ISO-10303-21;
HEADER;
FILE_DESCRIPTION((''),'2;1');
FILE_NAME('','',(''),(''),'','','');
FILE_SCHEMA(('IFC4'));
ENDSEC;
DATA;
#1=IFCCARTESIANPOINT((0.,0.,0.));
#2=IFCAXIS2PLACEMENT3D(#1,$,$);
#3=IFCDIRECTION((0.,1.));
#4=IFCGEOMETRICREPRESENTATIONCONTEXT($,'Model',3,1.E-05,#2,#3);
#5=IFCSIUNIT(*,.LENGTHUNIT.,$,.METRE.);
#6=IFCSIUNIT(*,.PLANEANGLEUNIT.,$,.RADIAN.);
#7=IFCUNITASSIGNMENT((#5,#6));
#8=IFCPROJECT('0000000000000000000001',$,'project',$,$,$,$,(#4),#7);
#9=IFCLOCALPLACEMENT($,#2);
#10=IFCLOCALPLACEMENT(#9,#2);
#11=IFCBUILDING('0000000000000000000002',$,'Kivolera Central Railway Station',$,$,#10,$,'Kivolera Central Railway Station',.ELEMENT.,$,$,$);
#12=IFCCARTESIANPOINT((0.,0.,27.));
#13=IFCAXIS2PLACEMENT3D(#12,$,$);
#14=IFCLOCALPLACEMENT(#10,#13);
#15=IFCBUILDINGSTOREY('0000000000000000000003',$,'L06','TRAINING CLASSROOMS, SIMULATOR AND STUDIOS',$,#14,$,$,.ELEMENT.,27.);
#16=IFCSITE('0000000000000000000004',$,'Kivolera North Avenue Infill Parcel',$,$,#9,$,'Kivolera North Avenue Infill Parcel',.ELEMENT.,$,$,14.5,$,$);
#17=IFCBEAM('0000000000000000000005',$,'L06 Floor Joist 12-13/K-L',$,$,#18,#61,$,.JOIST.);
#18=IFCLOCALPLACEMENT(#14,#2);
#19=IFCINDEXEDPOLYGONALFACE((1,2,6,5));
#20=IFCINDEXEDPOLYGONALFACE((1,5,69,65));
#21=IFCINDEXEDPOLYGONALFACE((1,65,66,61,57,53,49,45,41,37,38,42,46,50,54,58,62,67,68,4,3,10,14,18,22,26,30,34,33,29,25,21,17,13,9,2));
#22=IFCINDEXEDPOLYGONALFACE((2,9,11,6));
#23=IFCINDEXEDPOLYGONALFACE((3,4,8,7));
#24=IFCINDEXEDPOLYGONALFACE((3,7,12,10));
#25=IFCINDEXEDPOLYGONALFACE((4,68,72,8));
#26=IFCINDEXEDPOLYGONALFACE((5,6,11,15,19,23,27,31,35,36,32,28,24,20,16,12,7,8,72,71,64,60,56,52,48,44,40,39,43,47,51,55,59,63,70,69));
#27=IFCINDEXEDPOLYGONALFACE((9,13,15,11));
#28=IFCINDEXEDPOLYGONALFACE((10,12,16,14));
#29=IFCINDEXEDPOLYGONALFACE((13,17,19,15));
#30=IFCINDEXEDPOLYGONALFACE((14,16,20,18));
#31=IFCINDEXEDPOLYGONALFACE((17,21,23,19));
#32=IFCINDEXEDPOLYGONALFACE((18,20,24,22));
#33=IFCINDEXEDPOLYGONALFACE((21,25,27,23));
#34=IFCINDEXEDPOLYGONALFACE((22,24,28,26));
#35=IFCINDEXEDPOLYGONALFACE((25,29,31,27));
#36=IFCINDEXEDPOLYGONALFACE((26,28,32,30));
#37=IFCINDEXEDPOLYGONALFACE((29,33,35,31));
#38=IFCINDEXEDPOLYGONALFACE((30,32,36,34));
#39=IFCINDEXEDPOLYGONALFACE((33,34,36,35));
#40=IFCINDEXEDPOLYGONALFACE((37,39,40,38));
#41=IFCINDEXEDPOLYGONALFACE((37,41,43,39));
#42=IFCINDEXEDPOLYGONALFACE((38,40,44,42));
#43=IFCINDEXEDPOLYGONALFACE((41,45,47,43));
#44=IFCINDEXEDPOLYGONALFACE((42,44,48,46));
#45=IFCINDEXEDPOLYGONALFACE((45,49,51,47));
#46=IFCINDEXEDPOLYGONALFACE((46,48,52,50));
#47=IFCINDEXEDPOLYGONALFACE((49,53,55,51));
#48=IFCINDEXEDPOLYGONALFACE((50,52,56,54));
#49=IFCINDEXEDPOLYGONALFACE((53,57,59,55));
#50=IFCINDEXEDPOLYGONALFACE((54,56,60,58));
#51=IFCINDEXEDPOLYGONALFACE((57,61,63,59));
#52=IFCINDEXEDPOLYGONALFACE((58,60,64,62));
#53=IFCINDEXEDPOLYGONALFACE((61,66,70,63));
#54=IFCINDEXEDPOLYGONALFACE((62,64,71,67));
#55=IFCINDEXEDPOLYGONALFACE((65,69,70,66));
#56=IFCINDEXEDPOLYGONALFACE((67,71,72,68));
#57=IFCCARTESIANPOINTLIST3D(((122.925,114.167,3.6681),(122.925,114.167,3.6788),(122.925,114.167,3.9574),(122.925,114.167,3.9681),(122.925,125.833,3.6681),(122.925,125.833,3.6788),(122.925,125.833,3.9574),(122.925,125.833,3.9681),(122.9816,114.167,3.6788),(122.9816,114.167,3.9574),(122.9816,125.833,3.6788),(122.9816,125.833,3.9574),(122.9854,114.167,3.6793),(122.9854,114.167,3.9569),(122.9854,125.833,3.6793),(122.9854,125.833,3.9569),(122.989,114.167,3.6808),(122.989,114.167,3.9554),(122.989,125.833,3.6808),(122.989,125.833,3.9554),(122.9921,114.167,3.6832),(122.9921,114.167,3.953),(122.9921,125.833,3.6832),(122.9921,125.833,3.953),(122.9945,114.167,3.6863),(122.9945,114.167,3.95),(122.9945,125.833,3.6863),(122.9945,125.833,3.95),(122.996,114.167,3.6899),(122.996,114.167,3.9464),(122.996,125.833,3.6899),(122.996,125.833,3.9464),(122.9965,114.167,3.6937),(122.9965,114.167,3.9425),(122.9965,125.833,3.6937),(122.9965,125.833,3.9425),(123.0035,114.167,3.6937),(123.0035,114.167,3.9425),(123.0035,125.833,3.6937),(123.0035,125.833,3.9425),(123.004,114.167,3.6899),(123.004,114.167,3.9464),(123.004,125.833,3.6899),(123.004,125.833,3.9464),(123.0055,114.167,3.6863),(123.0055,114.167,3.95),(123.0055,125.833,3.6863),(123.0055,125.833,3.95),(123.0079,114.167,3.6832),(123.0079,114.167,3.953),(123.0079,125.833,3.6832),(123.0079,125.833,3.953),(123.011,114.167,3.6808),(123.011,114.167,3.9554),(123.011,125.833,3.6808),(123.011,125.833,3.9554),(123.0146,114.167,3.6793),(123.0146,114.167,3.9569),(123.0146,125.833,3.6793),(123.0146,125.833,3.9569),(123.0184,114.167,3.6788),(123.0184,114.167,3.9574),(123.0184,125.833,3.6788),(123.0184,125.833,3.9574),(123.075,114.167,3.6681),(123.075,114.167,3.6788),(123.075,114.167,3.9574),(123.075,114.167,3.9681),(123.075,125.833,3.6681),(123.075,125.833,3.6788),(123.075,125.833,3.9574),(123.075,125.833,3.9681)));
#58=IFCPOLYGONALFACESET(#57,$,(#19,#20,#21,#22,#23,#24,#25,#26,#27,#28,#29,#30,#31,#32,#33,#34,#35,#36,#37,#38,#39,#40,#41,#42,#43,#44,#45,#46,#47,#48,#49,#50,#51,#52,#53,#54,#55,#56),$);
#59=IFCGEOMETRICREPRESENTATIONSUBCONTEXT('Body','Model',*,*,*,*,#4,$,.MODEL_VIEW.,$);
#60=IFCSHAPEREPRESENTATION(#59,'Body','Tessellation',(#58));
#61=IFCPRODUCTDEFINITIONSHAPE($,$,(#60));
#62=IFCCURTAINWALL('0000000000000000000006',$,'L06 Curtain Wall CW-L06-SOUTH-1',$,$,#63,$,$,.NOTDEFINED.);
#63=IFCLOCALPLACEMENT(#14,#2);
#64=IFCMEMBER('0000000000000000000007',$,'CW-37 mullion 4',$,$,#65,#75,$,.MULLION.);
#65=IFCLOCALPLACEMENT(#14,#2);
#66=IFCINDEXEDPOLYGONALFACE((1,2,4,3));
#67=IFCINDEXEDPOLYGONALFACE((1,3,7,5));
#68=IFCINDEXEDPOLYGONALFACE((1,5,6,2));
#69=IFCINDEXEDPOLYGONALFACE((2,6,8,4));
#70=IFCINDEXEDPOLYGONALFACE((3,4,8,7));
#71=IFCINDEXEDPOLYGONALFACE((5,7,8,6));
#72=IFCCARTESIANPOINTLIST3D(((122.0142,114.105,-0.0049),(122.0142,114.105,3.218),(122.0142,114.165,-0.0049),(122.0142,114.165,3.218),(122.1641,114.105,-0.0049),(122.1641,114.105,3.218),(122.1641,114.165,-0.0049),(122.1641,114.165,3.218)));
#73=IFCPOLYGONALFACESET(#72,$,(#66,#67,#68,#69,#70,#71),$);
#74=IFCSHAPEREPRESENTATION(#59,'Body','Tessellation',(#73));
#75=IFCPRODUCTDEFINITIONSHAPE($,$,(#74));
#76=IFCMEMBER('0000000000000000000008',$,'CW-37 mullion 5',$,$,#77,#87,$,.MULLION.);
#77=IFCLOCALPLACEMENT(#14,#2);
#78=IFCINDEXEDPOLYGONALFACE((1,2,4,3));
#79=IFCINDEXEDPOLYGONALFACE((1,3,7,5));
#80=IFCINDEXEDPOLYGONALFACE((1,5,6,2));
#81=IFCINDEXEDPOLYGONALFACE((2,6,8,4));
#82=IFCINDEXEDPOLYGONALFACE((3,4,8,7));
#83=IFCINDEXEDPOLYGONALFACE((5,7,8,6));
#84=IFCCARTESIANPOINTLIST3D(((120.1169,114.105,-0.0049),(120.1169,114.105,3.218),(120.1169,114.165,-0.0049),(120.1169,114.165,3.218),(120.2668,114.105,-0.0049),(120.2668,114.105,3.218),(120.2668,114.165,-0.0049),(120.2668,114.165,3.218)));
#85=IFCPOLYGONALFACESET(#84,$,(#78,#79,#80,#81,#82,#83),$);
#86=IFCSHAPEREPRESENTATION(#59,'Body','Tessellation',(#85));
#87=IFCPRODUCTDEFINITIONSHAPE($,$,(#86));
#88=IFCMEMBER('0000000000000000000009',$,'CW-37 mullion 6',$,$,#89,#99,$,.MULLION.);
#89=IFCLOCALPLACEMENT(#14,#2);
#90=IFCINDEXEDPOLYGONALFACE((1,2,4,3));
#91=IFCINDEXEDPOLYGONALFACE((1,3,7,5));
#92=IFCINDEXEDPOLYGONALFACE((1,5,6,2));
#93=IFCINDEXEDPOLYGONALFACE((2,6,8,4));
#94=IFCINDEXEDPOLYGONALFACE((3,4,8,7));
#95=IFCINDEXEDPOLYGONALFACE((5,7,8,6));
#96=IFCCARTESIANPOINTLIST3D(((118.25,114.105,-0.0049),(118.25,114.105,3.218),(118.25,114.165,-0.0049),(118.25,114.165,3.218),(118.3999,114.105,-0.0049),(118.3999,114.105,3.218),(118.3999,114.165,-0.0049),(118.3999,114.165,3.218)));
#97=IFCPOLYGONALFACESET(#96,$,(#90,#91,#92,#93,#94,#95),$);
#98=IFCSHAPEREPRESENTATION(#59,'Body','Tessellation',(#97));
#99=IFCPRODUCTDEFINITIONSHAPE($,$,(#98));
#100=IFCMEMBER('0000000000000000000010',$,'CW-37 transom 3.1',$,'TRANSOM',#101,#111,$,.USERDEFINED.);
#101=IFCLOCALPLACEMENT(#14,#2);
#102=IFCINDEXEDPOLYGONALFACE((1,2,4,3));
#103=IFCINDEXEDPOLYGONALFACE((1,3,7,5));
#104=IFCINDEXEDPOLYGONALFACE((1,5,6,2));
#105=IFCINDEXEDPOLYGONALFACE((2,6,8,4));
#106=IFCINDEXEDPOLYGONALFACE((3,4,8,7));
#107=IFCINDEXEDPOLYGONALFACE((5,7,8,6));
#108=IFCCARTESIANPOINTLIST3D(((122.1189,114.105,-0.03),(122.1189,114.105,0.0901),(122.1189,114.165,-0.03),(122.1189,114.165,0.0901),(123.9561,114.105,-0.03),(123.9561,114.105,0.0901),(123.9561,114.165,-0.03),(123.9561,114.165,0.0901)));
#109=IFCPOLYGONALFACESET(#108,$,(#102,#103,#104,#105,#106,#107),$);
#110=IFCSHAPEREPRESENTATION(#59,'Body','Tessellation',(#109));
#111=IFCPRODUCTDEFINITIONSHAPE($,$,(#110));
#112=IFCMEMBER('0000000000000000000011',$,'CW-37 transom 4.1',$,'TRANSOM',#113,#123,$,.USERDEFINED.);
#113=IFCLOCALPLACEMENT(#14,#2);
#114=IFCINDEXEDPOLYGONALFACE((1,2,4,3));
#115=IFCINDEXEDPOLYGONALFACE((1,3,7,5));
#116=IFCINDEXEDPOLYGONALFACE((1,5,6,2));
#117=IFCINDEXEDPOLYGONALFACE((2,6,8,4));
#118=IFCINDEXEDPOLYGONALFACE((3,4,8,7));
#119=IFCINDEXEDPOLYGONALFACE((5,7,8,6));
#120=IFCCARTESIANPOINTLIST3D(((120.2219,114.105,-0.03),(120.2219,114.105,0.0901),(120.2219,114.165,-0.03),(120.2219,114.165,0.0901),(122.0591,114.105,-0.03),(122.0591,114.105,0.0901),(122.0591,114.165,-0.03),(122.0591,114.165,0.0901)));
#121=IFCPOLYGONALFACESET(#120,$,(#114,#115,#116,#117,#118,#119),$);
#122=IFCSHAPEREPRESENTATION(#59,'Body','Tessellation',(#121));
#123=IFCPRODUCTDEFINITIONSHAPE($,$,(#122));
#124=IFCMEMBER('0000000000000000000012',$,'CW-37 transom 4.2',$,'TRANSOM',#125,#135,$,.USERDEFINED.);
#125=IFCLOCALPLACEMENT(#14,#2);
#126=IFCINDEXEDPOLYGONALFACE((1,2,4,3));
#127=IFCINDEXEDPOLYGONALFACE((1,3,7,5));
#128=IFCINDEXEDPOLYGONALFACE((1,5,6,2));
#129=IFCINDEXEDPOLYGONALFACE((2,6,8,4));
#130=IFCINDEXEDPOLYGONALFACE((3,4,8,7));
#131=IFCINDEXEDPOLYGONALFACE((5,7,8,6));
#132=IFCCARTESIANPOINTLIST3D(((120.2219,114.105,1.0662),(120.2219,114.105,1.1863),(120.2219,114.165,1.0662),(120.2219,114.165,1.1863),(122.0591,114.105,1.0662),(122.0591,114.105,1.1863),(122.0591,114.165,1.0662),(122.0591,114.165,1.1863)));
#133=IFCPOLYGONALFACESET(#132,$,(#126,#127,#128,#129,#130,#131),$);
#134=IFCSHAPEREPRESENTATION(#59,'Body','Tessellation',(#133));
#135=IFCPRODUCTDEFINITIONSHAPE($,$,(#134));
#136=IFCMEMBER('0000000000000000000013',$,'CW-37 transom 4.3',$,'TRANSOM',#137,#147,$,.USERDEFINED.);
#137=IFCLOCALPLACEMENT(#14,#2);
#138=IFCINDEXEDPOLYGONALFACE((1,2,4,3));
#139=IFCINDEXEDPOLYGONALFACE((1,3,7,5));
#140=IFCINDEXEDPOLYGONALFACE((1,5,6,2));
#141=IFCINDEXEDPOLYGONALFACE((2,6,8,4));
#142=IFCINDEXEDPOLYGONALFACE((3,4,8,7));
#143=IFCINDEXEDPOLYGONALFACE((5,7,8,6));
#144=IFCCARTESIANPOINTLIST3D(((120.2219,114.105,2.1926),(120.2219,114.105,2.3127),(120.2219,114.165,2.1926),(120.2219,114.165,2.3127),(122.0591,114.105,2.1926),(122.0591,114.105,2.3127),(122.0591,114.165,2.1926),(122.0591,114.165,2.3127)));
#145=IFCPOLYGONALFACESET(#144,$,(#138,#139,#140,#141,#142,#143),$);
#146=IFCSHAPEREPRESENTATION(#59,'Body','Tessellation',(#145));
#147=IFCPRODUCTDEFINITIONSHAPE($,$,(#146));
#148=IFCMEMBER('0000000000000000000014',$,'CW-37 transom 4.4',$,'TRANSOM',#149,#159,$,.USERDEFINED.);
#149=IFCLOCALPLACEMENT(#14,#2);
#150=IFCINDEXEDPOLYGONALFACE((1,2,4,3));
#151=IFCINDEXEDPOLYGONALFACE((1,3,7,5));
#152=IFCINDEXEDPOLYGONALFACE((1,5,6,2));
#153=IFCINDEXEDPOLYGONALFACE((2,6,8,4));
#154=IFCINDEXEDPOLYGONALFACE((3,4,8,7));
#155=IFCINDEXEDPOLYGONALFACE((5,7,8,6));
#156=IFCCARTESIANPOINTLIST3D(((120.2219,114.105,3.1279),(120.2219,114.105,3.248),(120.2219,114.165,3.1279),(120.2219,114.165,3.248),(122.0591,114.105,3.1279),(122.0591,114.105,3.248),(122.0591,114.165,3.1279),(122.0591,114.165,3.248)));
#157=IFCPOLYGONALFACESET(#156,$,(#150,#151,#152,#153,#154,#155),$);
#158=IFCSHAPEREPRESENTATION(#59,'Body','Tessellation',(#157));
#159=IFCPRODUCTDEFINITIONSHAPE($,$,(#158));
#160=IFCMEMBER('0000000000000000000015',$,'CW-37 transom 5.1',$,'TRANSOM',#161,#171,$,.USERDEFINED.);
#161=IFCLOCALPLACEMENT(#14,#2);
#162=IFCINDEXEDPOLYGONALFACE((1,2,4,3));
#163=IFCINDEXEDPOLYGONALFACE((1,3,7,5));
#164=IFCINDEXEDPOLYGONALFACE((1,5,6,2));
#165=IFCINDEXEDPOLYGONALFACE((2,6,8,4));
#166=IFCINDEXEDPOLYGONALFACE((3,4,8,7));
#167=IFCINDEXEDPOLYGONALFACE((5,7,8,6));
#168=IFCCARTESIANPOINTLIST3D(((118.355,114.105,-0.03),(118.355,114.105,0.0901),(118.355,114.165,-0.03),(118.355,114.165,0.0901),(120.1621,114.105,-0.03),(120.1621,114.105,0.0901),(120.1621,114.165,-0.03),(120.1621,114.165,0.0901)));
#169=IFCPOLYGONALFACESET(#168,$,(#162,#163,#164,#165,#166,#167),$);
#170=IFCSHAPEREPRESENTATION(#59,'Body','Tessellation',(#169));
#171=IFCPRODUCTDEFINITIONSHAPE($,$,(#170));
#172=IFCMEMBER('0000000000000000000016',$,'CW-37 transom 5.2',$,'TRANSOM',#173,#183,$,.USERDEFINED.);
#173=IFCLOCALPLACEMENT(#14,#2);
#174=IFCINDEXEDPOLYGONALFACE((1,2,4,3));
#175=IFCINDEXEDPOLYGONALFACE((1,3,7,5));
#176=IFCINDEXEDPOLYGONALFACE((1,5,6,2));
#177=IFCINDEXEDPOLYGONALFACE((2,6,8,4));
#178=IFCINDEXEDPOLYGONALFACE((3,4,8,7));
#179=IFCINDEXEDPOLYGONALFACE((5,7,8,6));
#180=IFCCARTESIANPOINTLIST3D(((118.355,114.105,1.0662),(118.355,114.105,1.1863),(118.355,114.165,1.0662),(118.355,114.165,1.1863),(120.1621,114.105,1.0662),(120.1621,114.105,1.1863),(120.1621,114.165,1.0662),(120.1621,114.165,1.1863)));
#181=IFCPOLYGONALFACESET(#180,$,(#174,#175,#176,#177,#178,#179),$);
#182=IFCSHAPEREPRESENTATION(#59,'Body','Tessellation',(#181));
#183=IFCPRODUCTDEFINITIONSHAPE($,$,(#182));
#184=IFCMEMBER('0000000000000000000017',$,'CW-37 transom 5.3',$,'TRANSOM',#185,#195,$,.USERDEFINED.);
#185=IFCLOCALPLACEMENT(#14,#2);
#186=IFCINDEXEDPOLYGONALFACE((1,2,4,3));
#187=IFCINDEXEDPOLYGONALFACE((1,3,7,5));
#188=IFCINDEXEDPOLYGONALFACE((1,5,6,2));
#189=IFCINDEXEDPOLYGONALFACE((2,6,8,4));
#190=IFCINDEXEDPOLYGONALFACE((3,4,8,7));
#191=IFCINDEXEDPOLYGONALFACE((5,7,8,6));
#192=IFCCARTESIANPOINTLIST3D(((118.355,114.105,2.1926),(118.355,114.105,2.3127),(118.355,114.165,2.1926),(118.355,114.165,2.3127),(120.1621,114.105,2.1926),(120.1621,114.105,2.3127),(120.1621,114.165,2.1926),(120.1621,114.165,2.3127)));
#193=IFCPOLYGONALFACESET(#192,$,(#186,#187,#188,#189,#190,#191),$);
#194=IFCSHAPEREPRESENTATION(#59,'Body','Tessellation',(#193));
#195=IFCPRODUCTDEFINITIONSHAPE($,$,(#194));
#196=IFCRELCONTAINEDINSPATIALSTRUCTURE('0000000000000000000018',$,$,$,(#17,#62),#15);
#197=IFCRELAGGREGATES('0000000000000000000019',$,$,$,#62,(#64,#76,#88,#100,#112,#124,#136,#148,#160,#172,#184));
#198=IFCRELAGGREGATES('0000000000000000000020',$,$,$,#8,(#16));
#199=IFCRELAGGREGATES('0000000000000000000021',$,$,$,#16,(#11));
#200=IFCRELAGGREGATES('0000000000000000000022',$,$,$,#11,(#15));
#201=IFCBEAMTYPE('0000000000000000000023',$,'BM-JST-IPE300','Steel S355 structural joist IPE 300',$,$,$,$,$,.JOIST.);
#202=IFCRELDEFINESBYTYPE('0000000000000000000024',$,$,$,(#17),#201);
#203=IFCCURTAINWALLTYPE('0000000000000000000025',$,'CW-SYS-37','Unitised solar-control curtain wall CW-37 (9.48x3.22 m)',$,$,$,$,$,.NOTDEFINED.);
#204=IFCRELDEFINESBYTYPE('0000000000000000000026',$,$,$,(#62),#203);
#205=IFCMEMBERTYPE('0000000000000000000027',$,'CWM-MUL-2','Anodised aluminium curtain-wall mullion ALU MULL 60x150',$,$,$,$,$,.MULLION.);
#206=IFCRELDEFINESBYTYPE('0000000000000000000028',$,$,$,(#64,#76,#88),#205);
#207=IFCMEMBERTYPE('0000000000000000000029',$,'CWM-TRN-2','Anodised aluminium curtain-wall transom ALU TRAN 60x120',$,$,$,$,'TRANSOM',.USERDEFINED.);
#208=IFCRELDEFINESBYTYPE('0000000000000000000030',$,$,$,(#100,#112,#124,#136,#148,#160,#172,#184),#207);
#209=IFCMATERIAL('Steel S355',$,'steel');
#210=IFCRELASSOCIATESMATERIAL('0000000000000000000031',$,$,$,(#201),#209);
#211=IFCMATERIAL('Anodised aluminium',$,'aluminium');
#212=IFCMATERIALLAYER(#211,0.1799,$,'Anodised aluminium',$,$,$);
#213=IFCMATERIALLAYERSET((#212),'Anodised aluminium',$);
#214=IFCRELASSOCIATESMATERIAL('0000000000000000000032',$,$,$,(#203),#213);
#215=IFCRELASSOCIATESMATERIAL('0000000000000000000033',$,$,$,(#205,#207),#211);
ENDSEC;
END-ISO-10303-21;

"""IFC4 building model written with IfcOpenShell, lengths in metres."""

from ifc_helpers import new_model, si_unit, direction, frame, origin, origin_2d, place, context, subcontext, project, spatial, rectangle, i_section, extrude, material, layer, layer_set, material_profile, profile_set, type_object, element, aggregate, save


model = new_model("IFC4")

# Units and contexts
model_context = context("Model", 3, precision=1e-05, world=origin(), true_north=direction((0.0, 1.0)))
body_context = subcontext(model_context, "Body", "Model", "MODEL_VIEW")
ifc_project = project(units=[si_unit("LENGTHUNIT", "METRE"), si_unit("PLANEANGLEUNIT", "RADIAN")], contexts=[model_context])

# Site, building, storey
site_placement = place(None, origin())
site = spatial("IfcSite", under=ifc_project, at=site_placement, Name="Kivolera North Avenue Infill Parcel", LongName="Kivolera North Avenue Infill Parcel", CompositionType="ELEMENT", RefElevation=14.5)
building_placement = place(site_placement, origin())
building = spatial("IfcBuilding", under=site, at=building_placement, Name="Kivolera Central Railway Station", LongName="Kivolera Central Railway Station", CompositionType="ELEMENT")
storey_placement = place(building_placement, frame((0.0, 0.0, 27.0)))
storey = spatial("IfcBuildingStorey", under=building, at=storey_placement, Name="L06", Description="TRAINING CLASSROOMS, SIMULATOR AND STUDIOS", CompositionType="ELEMENT", Elevation=27.0)

# Beam
ifc_material_1 = material(Name="Steel S355", Category="steel")
ifc_material_profile_1 = material_profile(ifc_material_1, i_section(OverallWidth=0.1499, OverallDepth=0.3, WebThickness=0.0071, FlangeThickness=0.0107, FilletRadius=0.0149, at=origin_2d()), Name="IPE 300")
ifc_profile_set_1 = profile_set([ifc_material_profile_1], Name="Steel S355")
beam_type = type_object("IfcBeamType", Name="BM-JST-IPE300", Description="Steel S355 structural joist IPE 300", PredefinedType="JOIST", material=ifc_profile_set_1)
beam_placement = place(storey_placement, frame((123.0, 114.167, 3.8181), z_axis=(0.0, 1.0, 0.0), x_axis=(-1.0, 0.0, 0.0)))
element("IfcBeam", 1, at=beam_placement, inside=storey, type_object=beam_type, Name="L06 Floor Joist 12-13/K-L", PredefinedType="JOIST", context=body_context, shape_type="SweptSolid", body=[
    extrude(i_section(OverallWidth=0.1499, OverallDepth=0.3, WebThickness=0.0071, FlangeThickness=0.0107, FilletRadius=0.0149, at=origin_2d()), origin(), (0.0, 0.0, 1.0), 11.666),
])

# Curtain wall, members
ifc_material_2 = material(Name="Anodised aluminium", Category="aluminium")
ifc_layer_1 = layer(ifc_material_2, 0.1799, Name="Anodised aluminium")
ifc_layer_set_1 = layer_set([ifc_layer_1], Name="Anodised aluminium")
curtain_wall_type = type_object("IfcCurtainWallType", Name="CW-SYS-37", Description="Unitised solar-control curtain wall CW-37 (9.48x3.22 m)", PredefinedType="NOTDEFINED", material=ifc_layer_set_1)
curtain_wall_placement = place(storey_placement, origin())
curtain_wall = element("IfcCurtainWall", 2, at=curtain_wall_placement, inside=storey, type_object=curtain_wall_type, Name="L06 Curtain Wall CW-L06-SOUTH-1", PredefinedType="NOTDEFINED")
ifc_material_profile_2 = material_profile(ifc_material_2, rectangle(XDim=0.0601, YDim=0.1499, at=origin_2d()), Name="ALU MULL 60x150")
ifc_profile_set_2 = profile_set([ifc_material_profile_2], Name="Anodised aluminium")
member_type_1 = type_object("IfcMemberType", Name="CWM-MUL-2", Description="Anodised aluminium curtain-wall mullion ALU MULL 60x150", PredefinedType="MULLION", material=ifc_profile_set_2)
member_1_placement = place(storey_placement, frame((122.0891, 114.135, -0.0049), z_axis=(0.0, 0.0, 1.0), x_axis=(0.0, -1.0, 0.0)))
member_1 = element("IfcMember", 3, at=member_1_placement, type_object=member_type_1, Name="CW-37 mullion 4", PredefinedType="MULLION", context=body_context, shape_type="SweptSolid", body=[
    extrude(rectangle(XDim=0.0601, YDim=0.1499, at=origin_2d()), origin(), (0.0, 0.0, 1.0), 3.2229),
])
member_2_placement = place(storey_placement, frame((120.1919, 114.135, -0.0049), z_axis=(0.0, 0.0, 1.0), x_axis=(0.0, -1.0, 0.0)))
member_2 = element("IfcMember", 4, at=member_2_placement, type_object=member_type_1, Name="CW-37 mullion 5", PredefinedType="MULLION", context=body_context, shape_type="SweptSolid", body=[
    extrude(rectangle(XDim=0.0601, YDim=0.1499, at=origin_2d()), origin(), (0.0, 0.0, 1.0), 3.2229),
])
member_3_placement = place(storey_placement, frame((118.325, 114.135, -0.0049), z_axis=(0.0, 0.0, 1.0), x_axis=(0.0, -1.0, 0.0)))
member_3 = element("IfcMember", 5, at=member_3_placement, type_object=member_type_1, Name="CW-37 mullion 6", PredefinedType="MULLION", context=body_context, shape_type="SweptSolid", body=[
    extrude(rectangle(XDim=0.0601, YDim=0.1499, at=origin_2d()), origin(), (0.0, 0.0, 1.0), 3.2229),
])
ifc_material_profile_3 = material_profile(ifc_material_2, rectangle(XDim=0.0601, YDim=0.1201, at=origin_2d()), Name="ALU TRAN 60x120")
ifc_profile_set_3 = profile_set([ifc_material_profile_3], Name="Anodised aluminium")
member_type_2 = type_object("IfcMemberType", Name="CWM-TRN-2", Description="Anodised aluminium curtain-wall transom ALU TRAN 60x120", ElementType="TRANSOM", PredefinedType="USERDEFINED", material=ifc_profile_set_3)
member_4_placement = place(storey_placement, frame((123.9561, 114.135, 0.03), z_axis=(-1.0, 0.0, 0.0), x_axis=(0.0, -1.0, 0.0)))
member_4 = element("IfcMember", 6, at=member_4_placement, type_object=member_type_2, Name="CW-37 transom 3.1", ObjectType="TRANSOM", PredefinedType="USERDEFINED", context=body_context, shape_type="SweptSolid", body=[
    extrude(rectangle(XDim=0.0601, YDim=0.1201, at=origin_2d()), origin(), (0.0, 0.0, 1.0), 1.8372),
])
member_5_placement = place(storey_placement, frame((122.0591, 114.135, 0.03), z_axis=(-1.0, 0.0, 0.0), x_axis=(0.0, -1.0, 0.0)))
member_5 = element("IfcMember", 7, at=member_5_placement, type_object=member_type_2, Name="CW-37 transom 4.1", ObjectType="TRANSOM", PredefinedType="USERDEFINED", context=body_context, shape_type="SweptSolid", body=[
    extrude(rectangle(XDim=0.0601, YDim=0.1201, at=origin_2d()), origin(), (0.0, 0.0, 1.0), 1.8372),
])
member_6_placement = place(storey_placement, frame((122.0591, 114.135, 1.1262), z_axis=(-1.0, 0.0, 0.0), x_axis=(0.0, -1.0, 0.0)))
member_6 = element("IfcMember", 8, at=member_6_placement, type_object=member_type_2, Name="CW-37 transom 4.2", ObjectType="TRANSOM", PredefinedType="USERDEFINED", context=body_context, shape_type="SweptSolid", body=[
    extrude(rectangle(XDim=0.0601, YDim=0.1201, at=origin_2d()), origin(), (0.0, 0.0, 1.0), 1.8372),
])
member_7_placement = place(storey_placement, frame((122.0591, 114.135, 2.2527), z_axis=(-1.0, 0.0, 0.0), x_axis=(0.0, -1.0, 0.0)))
member_7 = element("IfcMember", 9, at=member_7_placement, type_object=member_type_2, Name="CW-37 transom 4.3", ObjectType="TRANSOM", PredefinedType="USERDEFINED", context=body_context, shape_type="SweptSolid", body=[
    extrude(rectangle(XDim=0.0601, YDim=0.1201, at=origin_2d()), origin(), (0.0, 0.0, 1.0), 1.8372),
])
member_8_placement = place(storey_placement, frame((122.0591, 114.135, 3.188), z_axis=(-1.0, 0.0, 0.0), x_axis=(0.0, -1.0, 0.0)))
member_8 = element("IfcMember", 10, at=member_8_placement, type_object=member_type_2, Name="CW-37 transom 4.4", ObjectType="TRANSOM", PredefinedType="USERDEFINED", context=body_context, shape_type="SweptSolid", body=[
    extrude(rectangle(XDim=0.0601, YDim=0.1201, at=origin_2d()), origin(), (0.0, 0.0, 1.0), 1.8372),
])
member_9_placement = place(storey_placement, frame((120.1621, 114.135, 0.03), z_axis=(-1.0, 0.0, 0.0), x_axis=(0.0, -1.0, 0.0)))
member_9 = element("IfcMember", 11, at=member_9_placement, type_object=member_type_2, Name="CW-37 transom 5.1", ObjectType="TRANSOM", PredefinedType="USERDEFINED", context=body_context, shape_type="SweptSolid", body=[
    extrude(rectangle(XDim=0.0601, YDim=0.1201, at=origin_2d()), origin(), (0.0, 0.0, 1.0), 1.8071),
])
member_10_placement = place(storey_placement, frame((120.1621, 114.135, 1.1262), z_axis=(-1.0, 0.0, 0.0), x_axis=(0.0, -1.0, 0.0)))
member_10 = element("IfcMember", 12, at=member_10_placement, type_object=member_type_2, Name="CW-37 transom 5.2", ObjectType="TRANSOM", PredefinedType="USERDEFINED", context=body_context, shape_type="SweptSolid", body=[
    extrude(rectangle(XDim=0.0601, YDim=0.1201, at=origin_2d()), origin(), (0.0, 0.0, 1.0), 1.8071),
])
member_11_placement = place(storey_placement, frame((120.1621, 114.135, 2.2527), z_axis=(-1.0, 0.0, 0.0), x_axis=(0.0, -1.0, 0.0)))
member_11 = element("IfcMember", 13, at=member_11_placement, type_object=member_type_2, Name="CW-37 transom 5.3", ObjectType="TRANSOM", PredefinedType="USERDEFINED", context=body_context, shape_type="SweptSolid", body=[
    extrude(rectangle(XDim=0.0601, YDim=0.1201, at=origin_2d()), origin(), (0.0, 0.0, 1.0), 1.8071),
])
aggregate(curtain_wall, [member_1, member_2, member_3, member_4, member_5, member_6, member_7, member_8, member_9, member_10, member_11])

save(model, "model.ifc")
